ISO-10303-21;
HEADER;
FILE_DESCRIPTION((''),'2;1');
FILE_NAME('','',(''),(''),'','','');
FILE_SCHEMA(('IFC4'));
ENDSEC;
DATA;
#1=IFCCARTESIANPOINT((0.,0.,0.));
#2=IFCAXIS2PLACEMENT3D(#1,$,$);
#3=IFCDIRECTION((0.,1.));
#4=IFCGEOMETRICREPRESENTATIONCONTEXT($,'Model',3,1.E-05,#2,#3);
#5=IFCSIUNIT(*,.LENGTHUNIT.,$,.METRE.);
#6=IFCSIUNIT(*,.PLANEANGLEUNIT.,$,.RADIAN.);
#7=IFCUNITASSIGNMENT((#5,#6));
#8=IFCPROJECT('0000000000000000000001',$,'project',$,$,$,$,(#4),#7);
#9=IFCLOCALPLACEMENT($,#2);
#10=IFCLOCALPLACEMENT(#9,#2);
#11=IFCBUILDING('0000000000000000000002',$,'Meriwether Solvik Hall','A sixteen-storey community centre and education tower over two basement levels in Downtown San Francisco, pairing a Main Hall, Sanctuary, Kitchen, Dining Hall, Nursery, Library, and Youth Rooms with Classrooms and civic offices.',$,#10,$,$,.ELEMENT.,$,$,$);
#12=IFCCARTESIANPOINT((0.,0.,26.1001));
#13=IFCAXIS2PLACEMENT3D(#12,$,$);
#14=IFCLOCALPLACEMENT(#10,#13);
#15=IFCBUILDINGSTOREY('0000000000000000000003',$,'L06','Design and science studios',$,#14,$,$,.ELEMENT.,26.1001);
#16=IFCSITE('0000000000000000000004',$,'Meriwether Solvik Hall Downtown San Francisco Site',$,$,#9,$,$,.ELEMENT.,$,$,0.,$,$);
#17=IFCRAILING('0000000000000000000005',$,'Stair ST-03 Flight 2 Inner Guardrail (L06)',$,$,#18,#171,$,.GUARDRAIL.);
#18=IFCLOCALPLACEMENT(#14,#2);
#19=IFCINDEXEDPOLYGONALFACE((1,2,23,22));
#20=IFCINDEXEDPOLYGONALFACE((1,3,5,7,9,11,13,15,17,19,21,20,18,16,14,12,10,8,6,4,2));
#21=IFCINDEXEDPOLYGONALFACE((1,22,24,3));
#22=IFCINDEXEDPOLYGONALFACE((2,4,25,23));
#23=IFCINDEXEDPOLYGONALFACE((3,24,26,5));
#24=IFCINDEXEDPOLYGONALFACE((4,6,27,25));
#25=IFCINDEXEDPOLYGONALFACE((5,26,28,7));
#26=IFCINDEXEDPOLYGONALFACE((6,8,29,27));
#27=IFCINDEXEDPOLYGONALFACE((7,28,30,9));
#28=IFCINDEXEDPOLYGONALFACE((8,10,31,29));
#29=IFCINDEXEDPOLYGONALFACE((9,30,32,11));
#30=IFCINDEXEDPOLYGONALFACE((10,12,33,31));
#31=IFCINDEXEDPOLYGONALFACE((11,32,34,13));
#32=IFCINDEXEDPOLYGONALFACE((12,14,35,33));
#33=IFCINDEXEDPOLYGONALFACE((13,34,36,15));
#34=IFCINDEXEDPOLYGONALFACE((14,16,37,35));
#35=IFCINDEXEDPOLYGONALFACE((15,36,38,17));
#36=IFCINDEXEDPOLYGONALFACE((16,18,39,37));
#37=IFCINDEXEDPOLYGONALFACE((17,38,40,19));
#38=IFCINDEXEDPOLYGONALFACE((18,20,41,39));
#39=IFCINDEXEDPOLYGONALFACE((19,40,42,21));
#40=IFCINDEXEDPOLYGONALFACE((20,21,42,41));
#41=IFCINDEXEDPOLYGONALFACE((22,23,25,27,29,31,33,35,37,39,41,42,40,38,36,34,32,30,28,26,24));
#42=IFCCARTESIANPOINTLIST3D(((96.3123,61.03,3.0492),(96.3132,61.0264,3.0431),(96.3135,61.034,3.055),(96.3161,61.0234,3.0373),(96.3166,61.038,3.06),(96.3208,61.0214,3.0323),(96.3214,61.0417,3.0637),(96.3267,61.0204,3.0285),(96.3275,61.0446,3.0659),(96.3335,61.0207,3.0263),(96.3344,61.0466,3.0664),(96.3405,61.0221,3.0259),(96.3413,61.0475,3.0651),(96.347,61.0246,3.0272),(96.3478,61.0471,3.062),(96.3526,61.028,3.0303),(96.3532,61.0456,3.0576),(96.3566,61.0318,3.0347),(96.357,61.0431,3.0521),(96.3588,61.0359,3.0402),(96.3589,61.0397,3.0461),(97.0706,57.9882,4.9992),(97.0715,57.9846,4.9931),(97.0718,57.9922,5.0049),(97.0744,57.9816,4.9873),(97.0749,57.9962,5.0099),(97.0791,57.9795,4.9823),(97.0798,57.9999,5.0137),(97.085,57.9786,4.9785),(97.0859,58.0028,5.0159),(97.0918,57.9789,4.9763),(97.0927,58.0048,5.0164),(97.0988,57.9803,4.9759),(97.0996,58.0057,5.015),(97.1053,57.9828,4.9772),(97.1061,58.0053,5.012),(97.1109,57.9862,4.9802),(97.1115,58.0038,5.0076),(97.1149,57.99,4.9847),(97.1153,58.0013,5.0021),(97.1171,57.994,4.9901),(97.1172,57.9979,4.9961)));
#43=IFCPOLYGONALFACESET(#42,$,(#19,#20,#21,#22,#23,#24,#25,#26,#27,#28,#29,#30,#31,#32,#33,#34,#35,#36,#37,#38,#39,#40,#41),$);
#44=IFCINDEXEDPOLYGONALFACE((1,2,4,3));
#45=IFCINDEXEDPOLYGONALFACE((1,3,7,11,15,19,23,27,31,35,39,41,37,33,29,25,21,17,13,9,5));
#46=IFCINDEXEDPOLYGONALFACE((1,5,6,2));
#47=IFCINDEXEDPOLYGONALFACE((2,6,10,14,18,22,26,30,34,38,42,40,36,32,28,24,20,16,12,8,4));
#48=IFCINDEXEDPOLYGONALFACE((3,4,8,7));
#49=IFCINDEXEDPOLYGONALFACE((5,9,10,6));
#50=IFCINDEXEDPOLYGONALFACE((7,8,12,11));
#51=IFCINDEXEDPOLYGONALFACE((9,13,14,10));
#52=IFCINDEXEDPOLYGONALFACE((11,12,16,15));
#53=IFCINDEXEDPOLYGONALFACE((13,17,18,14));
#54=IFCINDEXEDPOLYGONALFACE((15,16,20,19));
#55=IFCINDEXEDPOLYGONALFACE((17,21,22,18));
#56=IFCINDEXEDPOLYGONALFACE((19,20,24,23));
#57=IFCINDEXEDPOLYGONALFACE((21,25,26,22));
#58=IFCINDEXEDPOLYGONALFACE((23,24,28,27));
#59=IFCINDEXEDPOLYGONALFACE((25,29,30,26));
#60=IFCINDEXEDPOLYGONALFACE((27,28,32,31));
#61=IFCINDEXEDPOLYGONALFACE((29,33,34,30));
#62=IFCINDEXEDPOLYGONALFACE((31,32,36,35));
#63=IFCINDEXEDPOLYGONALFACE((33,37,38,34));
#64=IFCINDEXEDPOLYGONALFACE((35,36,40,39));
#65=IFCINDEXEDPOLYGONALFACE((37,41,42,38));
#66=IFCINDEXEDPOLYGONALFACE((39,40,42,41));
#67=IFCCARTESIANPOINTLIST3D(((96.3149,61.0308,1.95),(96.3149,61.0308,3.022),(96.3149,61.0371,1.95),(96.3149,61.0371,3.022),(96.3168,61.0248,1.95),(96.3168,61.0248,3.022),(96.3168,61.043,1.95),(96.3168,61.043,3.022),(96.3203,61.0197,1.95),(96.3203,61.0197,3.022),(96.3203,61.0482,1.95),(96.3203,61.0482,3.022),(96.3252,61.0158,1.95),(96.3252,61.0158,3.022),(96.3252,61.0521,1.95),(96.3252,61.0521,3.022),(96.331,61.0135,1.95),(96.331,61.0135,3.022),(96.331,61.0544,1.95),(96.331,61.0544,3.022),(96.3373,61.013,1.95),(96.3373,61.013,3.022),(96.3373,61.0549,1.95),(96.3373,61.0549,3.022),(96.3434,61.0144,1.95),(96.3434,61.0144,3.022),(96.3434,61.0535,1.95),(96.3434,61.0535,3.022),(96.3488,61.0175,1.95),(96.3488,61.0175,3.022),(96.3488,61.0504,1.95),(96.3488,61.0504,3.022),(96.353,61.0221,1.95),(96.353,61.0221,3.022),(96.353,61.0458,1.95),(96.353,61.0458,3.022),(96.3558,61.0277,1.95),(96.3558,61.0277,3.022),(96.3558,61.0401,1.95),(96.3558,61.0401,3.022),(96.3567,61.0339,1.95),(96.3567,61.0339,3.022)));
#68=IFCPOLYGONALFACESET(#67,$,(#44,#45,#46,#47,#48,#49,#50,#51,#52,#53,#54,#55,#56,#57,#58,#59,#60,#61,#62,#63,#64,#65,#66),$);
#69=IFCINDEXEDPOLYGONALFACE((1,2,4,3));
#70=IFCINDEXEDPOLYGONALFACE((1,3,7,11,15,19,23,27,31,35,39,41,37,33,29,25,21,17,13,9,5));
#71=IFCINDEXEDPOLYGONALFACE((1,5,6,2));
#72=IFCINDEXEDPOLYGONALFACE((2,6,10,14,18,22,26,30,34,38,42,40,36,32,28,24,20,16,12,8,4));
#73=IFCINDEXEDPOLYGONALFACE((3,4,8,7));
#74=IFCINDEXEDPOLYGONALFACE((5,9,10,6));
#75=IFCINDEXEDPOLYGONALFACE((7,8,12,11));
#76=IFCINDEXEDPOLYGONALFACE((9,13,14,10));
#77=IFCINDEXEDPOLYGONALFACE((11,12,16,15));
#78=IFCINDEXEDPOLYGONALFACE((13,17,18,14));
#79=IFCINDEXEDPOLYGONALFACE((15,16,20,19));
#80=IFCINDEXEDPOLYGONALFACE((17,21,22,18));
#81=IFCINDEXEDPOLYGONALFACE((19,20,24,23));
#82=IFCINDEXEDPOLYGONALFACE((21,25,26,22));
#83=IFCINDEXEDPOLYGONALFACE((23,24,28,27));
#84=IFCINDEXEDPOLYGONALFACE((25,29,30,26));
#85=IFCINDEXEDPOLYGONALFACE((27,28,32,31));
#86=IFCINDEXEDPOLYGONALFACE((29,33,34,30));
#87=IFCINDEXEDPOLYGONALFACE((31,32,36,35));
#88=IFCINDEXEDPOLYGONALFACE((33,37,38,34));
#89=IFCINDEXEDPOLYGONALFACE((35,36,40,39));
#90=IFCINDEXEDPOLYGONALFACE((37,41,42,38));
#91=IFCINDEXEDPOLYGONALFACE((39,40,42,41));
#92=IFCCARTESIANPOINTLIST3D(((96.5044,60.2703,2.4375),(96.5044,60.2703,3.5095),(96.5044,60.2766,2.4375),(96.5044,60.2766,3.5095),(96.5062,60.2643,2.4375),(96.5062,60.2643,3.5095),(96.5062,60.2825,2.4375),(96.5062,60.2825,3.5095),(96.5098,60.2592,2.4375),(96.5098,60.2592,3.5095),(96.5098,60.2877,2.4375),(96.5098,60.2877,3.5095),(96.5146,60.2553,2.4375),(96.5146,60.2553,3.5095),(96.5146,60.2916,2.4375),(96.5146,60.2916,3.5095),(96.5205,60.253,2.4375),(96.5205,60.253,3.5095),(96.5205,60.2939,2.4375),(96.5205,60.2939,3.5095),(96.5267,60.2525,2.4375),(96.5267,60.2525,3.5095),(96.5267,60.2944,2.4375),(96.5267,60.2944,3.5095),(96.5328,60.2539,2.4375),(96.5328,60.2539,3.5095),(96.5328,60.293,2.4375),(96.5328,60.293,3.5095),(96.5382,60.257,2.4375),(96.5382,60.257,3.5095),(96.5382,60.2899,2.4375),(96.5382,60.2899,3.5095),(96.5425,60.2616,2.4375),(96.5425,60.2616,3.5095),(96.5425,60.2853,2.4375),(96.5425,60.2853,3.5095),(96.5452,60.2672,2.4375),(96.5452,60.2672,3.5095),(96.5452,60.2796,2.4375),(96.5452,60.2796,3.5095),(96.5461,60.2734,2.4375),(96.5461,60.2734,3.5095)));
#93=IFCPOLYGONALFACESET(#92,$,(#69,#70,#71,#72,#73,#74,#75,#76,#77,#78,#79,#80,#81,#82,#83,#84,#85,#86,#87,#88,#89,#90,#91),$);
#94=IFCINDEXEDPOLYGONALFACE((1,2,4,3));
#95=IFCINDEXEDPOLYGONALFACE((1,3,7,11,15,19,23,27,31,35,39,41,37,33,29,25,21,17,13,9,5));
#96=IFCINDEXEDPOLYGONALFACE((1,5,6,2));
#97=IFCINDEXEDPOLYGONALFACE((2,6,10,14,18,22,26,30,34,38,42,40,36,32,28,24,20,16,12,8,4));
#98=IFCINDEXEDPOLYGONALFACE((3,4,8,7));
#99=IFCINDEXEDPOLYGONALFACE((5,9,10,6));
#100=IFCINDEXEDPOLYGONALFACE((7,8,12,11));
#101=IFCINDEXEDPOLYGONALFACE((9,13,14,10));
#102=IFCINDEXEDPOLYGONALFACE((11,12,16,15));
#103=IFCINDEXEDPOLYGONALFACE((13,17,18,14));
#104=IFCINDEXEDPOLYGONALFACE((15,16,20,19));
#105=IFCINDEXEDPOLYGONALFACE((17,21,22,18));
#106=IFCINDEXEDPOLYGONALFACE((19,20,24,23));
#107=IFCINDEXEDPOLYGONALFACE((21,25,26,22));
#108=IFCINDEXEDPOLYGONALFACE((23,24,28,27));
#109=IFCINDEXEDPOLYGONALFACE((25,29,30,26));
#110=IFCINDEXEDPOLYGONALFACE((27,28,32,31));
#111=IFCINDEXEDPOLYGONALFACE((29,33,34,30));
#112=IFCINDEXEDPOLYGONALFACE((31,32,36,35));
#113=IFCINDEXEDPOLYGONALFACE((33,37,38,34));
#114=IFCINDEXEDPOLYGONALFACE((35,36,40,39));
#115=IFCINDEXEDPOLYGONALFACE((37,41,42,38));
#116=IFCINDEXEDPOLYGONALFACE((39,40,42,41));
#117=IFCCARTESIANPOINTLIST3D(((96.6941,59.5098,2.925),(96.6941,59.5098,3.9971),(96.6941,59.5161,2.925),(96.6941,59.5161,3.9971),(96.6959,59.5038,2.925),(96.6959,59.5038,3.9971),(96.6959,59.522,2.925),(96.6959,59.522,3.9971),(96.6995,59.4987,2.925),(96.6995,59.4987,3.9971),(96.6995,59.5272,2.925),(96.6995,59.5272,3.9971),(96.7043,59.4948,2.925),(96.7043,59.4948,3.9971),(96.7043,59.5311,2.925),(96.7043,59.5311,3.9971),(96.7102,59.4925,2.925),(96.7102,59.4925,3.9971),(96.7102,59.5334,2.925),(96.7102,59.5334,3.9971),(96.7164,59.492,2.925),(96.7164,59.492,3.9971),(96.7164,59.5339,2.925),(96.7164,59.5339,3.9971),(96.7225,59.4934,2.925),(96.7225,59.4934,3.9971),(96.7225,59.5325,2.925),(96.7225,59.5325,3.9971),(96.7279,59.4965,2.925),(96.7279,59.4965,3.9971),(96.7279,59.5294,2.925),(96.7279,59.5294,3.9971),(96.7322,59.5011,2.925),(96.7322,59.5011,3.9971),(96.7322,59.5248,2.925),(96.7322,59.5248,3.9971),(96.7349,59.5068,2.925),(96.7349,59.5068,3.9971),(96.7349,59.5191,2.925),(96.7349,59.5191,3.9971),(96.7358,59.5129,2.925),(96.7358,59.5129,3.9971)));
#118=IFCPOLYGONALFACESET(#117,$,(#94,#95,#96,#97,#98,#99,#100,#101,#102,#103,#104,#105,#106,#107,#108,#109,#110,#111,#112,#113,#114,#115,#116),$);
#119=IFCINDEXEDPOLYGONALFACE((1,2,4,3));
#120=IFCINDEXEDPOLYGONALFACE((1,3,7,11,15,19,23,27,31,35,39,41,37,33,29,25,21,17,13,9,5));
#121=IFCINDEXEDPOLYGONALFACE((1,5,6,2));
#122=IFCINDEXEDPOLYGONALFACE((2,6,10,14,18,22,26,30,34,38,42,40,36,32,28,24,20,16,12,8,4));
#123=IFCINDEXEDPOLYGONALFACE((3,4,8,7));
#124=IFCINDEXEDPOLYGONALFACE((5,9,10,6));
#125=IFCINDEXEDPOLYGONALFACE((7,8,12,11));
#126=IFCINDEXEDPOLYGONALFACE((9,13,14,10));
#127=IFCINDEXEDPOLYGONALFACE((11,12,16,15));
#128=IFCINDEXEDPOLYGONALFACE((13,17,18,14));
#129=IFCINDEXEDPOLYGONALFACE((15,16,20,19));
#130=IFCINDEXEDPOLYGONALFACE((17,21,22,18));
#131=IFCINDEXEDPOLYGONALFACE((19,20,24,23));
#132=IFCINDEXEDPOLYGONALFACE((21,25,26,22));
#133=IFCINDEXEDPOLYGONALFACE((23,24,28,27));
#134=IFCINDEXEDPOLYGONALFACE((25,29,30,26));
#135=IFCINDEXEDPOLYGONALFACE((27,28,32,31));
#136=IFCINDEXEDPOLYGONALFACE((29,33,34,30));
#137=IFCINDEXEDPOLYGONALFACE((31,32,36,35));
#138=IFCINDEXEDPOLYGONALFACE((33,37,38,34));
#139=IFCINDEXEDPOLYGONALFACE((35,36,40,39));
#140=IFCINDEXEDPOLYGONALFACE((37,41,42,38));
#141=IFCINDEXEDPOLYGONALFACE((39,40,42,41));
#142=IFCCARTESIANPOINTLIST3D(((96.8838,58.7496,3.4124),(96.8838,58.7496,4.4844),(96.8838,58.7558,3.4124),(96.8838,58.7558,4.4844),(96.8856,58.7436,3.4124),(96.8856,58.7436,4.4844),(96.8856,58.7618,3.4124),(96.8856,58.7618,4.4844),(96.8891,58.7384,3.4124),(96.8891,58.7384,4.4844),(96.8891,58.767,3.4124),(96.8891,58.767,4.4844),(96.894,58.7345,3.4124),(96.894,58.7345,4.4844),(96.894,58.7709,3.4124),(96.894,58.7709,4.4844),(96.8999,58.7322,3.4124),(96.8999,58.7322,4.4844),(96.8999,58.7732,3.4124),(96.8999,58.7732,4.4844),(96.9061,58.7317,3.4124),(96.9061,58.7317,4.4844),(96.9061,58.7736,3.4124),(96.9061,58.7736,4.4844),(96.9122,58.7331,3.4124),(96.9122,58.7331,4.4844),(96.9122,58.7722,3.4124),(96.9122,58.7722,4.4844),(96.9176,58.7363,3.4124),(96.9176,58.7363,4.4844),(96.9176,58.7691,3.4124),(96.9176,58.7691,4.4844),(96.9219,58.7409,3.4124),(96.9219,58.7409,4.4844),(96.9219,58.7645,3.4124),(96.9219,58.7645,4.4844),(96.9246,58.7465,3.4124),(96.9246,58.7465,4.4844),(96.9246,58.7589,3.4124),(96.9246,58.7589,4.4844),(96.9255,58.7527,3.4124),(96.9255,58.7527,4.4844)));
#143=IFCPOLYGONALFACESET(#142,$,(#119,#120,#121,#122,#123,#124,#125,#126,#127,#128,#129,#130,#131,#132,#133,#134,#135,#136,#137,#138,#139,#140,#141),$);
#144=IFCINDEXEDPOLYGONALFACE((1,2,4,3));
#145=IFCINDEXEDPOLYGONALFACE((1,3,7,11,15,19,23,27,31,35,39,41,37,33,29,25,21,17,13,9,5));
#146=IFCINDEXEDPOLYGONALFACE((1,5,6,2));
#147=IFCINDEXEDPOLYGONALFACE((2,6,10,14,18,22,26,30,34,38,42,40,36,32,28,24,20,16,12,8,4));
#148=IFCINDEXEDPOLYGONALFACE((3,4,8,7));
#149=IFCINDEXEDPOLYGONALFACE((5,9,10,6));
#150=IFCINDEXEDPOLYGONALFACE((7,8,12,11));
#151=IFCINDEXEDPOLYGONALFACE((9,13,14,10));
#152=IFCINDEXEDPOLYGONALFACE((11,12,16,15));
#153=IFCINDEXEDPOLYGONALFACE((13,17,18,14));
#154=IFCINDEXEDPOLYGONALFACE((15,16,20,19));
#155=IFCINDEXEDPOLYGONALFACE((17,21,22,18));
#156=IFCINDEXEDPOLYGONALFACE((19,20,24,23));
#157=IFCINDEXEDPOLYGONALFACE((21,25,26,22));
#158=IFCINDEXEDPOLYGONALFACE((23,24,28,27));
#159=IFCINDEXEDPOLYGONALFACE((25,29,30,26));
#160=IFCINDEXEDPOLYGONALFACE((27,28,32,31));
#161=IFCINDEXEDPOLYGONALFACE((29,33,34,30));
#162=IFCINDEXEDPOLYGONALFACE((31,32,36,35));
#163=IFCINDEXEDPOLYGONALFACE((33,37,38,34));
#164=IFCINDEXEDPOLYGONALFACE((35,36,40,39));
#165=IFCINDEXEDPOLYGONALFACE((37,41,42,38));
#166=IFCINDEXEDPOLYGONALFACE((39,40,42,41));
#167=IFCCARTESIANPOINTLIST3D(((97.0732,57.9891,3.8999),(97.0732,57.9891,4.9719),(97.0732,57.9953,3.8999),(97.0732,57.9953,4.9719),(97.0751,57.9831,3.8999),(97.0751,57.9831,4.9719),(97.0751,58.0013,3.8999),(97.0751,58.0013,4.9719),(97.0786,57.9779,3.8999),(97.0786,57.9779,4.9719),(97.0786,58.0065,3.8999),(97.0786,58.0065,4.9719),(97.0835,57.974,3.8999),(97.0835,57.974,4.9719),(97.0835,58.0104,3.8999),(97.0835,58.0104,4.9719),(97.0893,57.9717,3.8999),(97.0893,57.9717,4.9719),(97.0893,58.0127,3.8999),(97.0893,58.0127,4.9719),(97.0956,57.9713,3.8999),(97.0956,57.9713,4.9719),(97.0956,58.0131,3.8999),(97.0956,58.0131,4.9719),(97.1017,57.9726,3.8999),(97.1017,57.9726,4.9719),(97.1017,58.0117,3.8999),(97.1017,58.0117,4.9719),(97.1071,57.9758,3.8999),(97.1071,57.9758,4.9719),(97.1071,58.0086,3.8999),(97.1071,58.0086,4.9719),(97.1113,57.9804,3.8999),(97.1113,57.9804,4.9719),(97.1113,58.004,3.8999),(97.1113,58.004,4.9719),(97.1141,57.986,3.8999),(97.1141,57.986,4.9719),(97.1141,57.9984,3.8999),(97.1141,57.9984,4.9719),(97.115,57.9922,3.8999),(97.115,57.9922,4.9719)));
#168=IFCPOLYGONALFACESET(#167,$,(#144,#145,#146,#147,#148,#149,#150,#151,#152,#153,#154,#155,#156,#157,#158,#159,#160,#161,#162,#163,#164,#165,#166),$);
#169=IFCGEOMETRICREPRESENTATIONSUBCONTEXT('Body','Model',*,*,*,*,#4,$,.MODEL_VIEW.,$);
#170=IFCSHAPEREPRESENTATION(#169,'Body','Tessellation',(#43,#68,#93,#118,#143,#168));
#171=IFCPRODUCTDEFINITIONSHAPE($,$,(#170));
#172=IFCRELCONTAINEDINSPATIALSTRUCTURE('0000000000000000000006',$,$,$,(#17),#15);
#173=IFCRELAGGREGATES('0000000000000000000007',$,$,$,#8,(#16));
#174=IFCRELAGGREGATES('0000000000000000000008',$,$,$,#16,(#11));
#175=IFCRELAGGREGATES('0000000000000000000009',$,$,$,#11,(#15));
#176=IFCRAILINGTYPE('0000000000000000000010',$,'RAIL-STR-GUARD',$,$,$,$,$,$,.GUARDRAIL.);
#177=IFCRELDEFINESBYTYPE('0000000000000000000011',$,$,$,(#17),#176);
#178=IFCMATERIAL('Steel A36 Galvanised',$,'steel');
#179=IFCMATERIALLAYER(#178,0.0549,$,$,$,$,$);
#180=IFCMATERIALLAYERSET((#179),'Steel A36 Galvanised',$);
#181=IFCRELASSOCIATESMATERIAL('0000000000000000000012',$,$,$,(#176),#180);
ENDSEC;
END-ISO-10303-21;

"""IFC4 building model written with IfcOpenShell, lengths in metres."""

from ifc_helpers import new_model, si_unit, direction, frame, origin, origin_2d, place, context, subcontext, project, spatial, circle, extrude, material, layer, layer_set, type_object, element, save


model = new_model("IFC4")

# Units and contexts
model_context = context("Model", 3, precision=1e-05, world=origin(), true_north=direction((0.0, 1.0)))
body_context = subcontext(model_context, "Body", "Model", "MODEL_VIEW")
ifc_project = project(units=[si_unit("LENGTHUNIT", "METRE"), si_unit("PLANEANGLEUNIT", "RADIAN")], contexts=[model_context])

# Site, building, storey
site_placement = place(None, origin())
site = spatial("IfcSite", under=ifc_project, at=site_placement, Name="Meriwether Solvik Hall Downtown San Francisco Site", CompositionType="ELEMENT", RefElevation=0.0)
building_placement = place(site_placement, origin())
building = spatial("IfcBuilding", under=site, at=building_placement, Name="Meriwether Solvik Hall", Description="A sixteen-storey community centre and education tower over two basement levels in Downtown San Francisco, pairing a Main Hall, Sanctuary, Kitchen, Dining Hall, Nursery, Library, and Youth Rooms with Classrooms and civic offices.", CompositionType="ELEMENT")
storey_placement = place(building_placement, frame((0.0, 0.0, 26.1001)))
storey = spatial("IfcBuildingStorey", under=building, at=storey_placement, Name="L06", Description="Design and science studios", CompositionType="ELEMENT", Elevation=26.1001)

# Railing
ifc_material_1 = material(Name="Steel A36 Galvanised", Category="steel")
ifc_layer_1 = layer(ifc_material_1, 0.0549)
ifc_layer_set_1 = layer_set([ifc_layer_1], Name="Steel A36 Galvanised")
railing_type_1 = type_object("IfcRailingType", Name="RAIL-STR-GUARD", PredefinedType="GUARDRAIL", material=ifc_layer_set_1)
railing_1_placement = place(storey_placement, frame((96.3357, 61.0339, 1.95)))
element("IfcRailing", 1, at=railing_1_placement, inside=storey, type_object=railing_type_1, Name="Stair ST-03 Flight 2 Inner Guardrail (L06)", PredefinedType="GUARDRAIL", context=body_context, shape_type="SweptSolid", body=[
    extrude(circle(Radius=0.0239, at=origin_2d()), frame((0.0, 0.0, 1.0962), z_axis=(0.2054, -0.823915, 0.528181), x_axis=(0.970303, 0.241894, 0.0)), (0.0, 0.0, 1.0), 3.6919),
    extrude(circle(Radius=0.021, at=origin_2d()), origin(), (0.0, 0.0, 1.0), 1.072),
    extrude(circle(Radius=0.021, at=origin_2d()), frame((0.1895, -0.7605, 0.4875)), (0.0, 0.0, 1.0), 1.072),
    extrude(circle(Radius=0.021, at=origin_2d()), frame((0.3792, -1.521, 0.9751)), (0.0, 0.0, 1.0), 1.072),
    extrude(circle(Radius=0.021, at=origin_2d()), frame((0.5688, -2.2812, 1.4624)), (0.0, 0.0, 1.0), 1.072),
    extrude(circle(Radius=0.021, at=origin_2d()), frame((0.7583, -3.0417, 1.95)), (0.0, 0.0, 1.0), 1.072),
])

save(model, "model.ifc")
